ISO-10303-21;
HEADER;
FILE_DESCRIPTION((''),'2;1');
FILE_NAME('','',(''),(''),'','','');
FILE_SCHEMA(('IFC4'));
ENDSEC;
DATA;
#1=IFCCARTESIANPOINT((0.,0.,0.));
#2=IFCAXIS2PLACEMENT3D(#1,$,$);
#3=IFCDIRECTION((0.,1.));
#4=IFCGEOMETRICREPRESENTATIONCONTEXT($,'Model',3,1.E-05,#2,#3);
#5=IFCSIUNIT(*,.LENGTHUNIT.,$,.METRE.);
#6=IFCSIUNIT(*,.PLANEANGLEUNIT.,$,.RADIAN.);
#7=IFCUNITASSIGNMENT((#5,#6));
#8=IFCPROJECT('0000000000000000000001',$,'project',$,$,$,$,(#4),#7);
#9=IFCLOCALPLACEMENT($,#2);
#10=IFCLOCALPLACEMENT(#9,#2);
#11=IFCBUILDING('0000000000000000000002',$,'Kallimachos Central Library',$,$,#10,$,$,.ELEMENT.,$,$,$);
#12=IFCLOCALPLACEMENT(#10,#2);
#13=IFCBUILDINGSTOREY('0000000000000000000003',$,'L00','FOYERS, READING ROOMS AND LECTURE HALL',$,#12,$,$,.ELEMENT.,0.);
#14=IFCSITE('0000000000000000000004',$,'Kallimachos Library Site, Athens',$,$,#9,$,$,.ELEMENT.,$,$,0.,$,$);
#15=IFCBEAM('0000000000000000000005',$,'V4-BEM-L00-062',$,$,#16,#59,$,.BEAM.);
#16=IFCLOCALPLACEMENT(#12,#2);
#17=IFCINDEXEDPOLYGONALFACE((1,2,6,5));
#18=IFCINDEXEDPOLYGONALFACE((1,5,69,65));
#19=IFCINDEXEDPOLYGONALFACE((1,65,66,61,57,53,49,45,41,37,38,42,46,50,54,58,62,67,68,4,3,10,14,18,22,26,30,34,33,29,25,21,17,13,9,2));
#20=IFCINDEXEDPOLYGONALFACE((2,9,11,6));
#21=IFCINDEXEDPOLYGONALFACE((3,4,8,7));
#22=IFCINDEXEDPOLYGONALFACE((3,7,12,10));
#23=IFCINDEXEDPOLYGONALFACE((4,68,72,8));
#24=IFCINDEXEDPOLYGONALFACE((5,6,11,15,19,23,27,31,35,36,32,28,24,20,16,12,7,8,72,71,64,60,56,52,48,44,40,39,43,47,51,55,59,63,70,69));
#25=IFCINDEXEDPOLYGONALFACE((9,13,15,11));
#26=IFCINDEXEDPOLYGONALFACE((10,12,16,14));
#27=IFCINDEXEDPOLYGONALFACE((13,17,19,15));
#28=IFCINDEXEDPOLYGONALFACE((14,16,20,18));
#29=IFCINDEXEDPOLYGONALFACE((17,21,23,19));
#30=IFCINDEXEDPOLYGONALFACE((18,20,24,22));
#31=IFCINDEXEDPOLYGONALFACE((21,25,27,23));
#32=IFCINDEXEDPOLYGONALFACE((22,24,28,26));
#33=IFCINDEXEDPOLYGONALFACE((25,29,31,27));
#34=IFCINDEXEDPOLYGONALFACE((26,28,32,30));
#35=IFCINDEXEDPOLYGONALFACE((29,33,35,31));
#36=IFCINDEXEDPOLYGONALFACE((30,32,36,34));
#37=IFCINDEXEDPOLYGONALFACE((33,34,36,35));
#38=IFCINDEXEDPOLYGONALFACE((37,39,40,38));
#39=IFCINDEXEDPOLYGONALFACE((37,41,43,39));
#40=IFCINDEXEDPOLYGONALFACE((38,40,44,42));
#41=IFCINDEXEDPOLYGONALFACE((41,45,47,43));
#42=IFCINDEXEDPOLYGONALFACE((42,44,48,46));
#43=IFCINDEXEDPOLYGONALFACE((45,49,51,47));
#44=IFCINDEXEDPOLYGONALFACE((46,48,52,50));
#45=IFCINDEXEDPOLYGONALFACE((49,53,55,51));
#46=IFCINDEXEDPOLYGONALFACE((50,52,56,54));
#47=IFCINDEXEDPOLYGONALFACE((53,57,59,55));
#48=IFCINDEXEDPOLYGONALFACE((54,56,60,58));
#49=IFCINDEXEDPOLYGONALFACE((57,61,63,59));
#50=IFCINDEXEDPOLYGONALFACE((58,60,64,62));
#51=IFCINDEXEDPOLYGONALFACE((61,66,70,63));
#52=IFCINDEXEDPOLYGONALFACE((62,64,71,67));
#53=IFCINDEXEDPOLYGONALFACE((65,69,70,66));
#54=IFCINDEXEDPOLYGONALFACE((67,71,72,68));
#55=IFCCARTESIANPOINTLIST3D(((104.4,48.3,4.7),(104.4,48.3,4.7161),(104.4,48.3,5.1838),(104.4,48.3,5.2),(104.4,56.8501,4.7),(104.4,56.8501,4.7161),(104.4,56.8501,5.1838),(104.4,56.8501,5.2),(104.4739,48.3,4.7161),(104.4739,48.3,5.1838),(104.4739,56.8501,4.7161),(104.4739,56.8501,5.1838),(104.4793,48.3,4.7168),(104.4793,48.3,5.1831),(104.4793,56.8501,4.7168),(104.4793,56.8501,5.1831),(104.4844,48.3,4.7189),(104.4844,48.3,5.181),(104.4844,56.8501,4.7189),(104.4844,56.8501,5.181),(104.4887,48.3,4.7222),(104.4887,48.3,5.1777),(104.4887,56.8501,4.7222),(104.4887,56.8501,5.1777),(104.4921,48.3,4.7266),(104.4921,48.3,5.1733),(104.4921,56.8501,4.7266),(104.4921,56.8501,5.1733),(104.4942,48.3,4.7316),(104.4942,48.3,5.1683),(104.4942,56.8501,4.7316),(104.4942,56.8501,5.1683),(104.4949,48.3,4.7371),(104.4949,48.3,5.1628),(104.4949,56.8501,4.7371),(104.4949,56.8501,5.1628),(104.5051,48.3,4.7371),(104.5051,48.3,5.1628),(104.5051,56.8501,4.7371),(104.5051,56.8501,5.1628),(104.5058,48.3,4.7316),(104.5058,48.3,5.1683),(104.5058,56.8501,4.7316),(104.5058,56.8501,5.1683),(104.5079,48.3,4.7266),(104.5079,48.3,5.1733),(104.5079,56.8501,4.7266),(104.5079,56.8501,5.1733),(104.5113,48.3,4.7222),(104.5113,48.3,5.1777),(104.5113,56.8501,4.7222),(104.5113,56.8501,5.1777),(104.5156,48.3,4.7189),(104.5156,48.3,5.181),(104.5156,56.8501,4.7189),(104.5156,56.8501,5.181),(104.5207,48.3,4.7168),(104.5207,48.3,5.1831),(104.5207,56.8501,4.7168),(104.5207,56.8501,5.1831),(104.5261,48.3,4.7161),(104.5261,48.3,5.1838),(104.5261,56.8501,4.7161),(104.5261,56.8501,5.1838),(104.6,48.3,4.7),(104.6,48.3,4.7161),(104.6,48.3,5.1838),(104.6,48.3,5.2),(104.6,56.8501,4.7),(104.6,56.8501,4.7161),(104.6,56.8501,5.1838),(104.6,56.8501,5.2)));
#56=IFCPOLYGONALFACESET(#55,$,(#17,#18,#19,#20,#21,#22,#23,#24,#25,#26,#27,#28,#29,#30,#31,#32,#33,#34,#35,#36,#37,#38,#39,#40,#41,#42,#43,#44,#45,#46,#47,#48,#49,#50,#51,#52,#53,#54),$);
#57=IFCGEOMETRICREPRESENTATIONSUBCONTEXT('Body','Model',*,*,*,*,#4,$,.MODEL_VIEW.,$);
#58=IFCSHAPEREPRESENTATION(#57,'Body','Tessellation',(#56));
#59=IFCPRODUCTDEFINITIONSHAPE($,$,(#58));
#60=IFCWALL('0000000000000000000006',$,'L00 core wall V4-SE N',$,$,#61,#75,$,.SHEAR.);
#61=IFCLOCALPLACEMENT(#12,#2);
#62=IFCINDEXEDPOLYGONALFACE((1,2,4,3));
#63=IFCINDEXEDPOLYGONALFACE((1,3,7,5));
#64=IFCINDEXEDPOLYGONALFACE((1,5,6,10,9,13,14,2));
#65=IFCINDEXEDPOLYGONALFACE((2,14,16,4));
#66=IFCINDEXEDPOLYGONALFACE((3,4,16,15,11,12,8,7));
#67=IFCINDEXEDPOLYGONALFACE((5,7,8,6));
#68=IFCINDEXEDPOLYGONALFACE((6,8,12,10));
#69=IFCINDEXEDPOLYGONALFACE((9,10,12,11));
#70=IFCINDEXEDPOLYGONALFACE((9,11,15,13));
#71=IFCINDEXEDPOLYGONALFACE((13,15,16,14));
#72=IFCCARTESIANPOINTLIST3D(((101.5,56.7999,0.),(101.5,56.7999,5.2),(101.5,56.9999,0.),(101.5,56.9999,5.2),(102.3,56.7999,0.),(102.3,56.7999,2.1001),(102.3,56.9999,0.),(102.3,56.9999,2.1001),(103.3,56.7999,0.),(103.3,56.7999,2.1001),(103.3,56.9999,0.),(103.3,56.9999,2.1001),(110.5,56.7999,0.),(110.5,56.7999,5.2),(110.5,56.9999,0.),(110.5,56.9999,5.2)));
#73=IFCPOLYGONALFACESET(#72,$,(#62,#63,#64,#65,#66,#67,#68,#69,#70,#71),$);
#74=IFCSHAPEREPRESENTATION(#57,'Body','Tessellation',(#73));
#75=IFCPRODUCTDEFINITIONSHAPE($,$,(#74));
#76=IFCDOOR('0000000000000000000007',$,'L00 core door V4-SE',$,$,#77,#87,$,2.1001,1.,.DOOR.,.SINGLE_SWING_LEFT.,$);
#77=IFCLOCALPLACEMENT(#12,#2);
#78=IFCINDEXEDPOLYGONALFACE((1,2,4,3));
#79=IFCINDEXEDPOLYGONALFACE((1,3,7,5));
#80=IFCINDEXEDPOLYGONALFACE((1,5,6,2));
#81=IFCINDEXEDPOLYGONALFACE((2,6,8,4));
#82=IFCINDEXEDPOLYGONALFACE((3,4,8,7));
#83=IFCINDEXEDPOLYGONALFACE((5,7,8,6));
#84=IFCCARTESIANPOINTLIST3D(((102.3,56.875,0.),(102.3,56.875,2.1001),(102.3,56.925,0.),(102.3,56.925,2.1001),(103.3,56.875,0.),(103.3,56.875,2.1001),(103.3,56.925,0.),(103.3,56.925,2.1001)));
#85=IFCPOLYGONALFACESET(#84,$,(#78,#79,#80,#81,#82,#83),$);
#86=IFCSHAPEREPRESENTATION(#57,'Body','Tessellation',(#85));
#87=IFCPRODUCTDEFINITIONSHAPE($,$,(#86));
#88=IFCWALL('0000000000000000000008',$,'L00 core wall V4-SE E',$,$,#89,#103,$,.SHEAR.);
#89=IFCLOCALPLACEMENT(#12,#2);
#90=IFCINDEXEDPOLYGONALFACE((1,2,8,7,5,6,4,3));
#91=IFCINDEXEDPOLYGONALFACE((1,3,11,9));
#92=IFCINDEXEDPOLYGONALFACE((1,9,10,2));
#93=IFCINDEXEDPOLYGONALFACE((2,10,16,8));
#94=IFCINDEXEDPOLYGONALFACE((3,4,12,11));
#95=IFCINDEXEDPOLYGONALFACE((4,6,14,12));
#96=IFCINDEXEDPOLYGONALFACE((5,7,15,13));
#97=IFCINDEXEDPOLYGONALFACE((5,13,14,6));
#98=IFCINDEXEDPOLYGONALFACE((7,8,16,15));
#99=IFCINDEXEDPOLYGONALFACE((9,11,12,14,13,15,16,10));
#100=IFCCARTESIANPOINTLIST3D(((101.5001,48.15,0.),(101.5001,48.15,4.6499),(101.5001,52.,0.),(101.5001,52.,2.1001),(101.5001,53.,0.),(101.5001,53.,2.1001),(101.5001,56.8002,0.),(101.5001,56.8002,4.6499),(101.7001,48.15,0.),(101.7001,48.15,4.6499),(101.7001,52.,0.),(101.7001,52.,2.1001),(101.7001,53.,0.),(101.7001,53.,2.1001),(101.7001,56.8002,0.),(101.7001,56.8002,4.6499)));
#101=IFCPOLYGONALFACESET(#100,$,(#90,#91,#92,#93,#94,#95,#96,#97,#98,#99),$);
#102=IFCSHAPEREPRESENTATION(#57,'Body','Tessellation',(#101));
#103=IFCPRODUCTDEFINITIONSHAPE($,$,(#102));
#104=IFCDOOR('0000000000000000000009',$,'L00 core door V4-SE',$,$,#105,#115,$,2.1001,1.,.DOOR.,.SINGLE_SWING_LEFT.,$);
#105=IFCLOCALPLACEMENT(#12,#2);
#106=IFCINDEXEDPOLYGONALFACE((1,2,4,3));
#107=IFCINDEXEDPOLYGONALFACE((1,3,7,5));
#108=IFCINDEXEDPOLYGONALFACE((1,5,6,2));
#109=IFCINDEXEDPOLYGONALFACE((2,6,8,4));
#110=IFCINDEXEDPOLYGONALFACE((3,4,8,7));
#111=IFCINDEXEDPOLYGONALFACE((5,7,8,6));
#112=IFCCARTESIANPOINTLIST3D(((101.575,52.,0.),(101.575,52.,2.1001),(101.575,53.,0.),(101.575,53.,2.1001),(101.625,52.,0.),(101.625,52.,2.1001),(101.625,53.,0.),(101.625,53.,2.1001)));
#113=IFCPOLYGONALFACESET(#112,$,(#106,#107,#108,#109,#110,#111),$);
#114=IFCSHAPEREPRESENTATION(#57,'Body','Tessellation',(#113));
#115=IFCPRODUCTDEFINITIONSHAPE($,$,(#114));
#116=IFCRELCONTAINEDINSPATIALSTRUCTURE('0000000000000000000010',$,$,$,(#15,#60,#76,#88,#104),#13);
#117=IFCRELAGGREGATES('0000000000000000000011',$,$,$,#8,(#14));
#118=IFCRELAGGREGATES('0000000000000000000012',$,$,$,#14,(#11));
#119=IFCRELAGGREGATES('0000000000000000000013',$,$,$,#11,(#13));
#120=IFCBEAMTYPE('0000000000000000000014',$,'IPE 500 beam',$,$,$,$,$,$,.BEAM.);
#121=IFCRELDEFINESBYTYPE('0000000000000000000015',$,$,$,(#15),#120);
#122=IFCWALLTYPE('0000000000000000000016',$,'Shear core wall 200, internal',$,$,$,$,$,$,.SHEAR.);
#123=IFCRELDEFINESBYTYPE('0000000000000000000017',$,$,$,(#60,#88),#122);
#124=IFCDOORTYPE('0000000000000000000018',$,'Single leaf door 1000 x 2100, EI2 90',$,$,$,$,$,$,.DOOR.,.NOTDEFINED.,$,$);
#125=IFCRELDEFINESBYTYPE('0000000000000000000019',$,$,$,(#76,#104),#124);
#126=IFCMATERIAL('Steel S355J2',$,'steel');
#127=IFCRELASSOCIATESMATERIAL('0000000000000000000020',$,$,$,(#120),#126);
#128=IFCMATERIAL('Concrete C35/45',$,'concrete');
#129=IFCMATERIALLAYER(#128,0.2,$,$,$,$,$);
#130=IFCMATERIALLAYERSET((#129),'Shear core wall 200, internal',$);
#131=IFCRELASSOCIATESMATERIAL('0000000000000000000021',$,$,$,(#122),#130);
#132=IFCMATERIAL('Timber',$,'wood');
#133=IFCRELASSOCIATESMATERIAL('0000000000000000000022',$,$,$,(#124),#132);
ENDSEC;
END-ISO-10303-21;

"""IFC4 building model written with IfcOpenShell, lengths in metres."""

from ifc_helpers import new_model, si_unit, direction, frame, frame_2d, origin, origin_2d, place, context, subcontext, project, spatial, rectangle, i_section, extrude, material, layer, layer_set, material_profile, profile_set, type_object, element, fill, save


model = new_model("IFC4")

# Units and contexts
model_context = context("Model", 3, precision=1e-05, world=origin(), true_north=direction((0.0, 1.0)))
body_context = subcontext(model_context, "Body", "Model", "MODEL_VIEW")
ifc_project = project(units=[si_unit("LENGTHUNIT", "METRE"), si_unit("PLANEANGLEUNIT", "RADIAN")], contexts=[model_context])

# Site, building, storey
site_placement = place(None, origin())
site = spatial("IfcSite", under=ifc_project, at=site_placement, Name="Kallimachos Library Site, Athens", CompositionType="ELEMENT", RefElevation=0.0)
building_placement = place(site_placement, origin())
building = spatial("IfcBuilding", under=site, at=building_placement, Name="Kallimachos Central Library", CompositionType="ELEMENT")
storey_placement = place(building_placement, origin())
storey = spatial("IfcBuildingStorey", under=building, at=storey_placement, Name="L00", Description="FOYERS, READING ROOMS AND LECTURE HALL", CompositionType="ELEMENT", Elevation=0.0)

# Beam
ifc_material_1 = material(Name="Steel S355J2", Category="steel")
ifc_material_profile_1 = material_profile(ifc_material_1, i_section(OverallWidth=0.2, OverallDepth=0.5, WebThickness=0.0103, FlangeThickness=0.0161, FilletRadius=0.021, at=origin_2d()), Name="IPE 500")
ifc_profile_set_1 = profile_set([ifc_material_profile_1], Name="Steel S355J2")
beam_type_1 = type_object("IfcBeamType", Name="IPE 500 beam", PredefinedType="BEAM", material=ifc_profile_set_1)
for number, where, z_axis, x_axis, name in (
    (1, (104.5, 48.3, 4.95), (0.0, 1.0, 0.0), (-1.0, 0.0, 0.0), "V4-BEM-L00-062"),
):
    element("IfcBeam", number, at=place(storey_placement, frame(where, z_axis=z_axis, x_axis=x_axis)), inside=storey, type_object=beam_type_1, Name=name, PredefinedType="BEAM", context=body_context, shape_type="SweptSolid", body=[
        extrude(i_section(OverallWidth=0.2, OverallDepth=0.5, WebThickness=0.0103, FlangeThickness=0.0161, FilletRadius=0.021, at=origin_2d()), origin(), (0.0, 0.0, 1.0), 8.55),
    ])

# Walls, openings, doors
ifc_material_2 = material(Name="Concrete C35/45", Category="concrete")
ifc_layer_1 = layer(ifc_material_2, 0.2)
ifc_layer_set_1 = layer_set([ifc_layer_1], Name="Shear core wall 200, internal")
wall_type_1 = type_object("IfcWallType", Name="Shear core wall 200, internal", PredefinedType="SHEAR", material=ifc_layer_set_1)
wall_1_placement = place(storey_placement, frame((101.5, 56.8999, 0.0), z_axis=(0.0, 0.0, 1.0), x_axis=(1.0, 0.0, 0.0)))
wall_1 = element("IfcWall", 2, at=wall_1_placement, inside=storey, type_object=wall_type_1, Name="L00 core wall V4-SE N", PredefinedType="SHEAR", context=body_context, shape_type="SweptSolid", body=[
    extrude(rectangle(XDim=9.0, YDim=0.2, at=frame_2d((4.5, 0.0))), origin(), (0.0, 0.0, 1.0), 5.2),
])
opening_1_placement = place(wall_1_placement, frame((0.8, 0.0, 0.0)))
opening_1 = element("IfcOpeningElement", 3, at=opening_1_placement, cuts=wall_1, PredefinedType="OPENING", context=body_context, shape_type="SweptSolid", body=[
    extrude(rectangle(XDim=1.0, YDim=2.1001, at=frame_2d((0.5, 1.05))), frame((0.0, 0.1099, 0.0), z_axis=(0.0, -1.0, 0.0), x_axis=(1.0, 0.0, 0.0)), (0.0, 0.0, 1.0), 0.22),
])
ifc_material_3 = material(Name="Timber", Category="wood")
door_type_1 = type_object("IfcDoorType", Name="Single leaf door 1000 x 2100, EI2 90", OperationType="NOTDEFINED", PredefinedType="DOOR", material=ifc_material_3)
door_1_placement = place(opening_1_placement, frame((1.0, 0.0, 0.0), z_axis=(0.0, 0.0, 1.0), x_axis=(-1.0, 0.0, 0.0)))
door_1 = element("IfcDoor", 4, at=door_1_placement, inside=storey, type_object=door_type_1, Name="L00 core door V4-SE", OperationType="SINGLE_SWING_LEFT", OverallHeight=2.1001, OverallWidth=1.0, PredefinedType="DOOR", context=body_context, shape_type="SweptSolid", body=[
    extrude(rectangle(XDim=1.0, YDim=2.1001, at=frame_2d((0.5, 1.05))), frame((0.0, 0.0249, 0.0), z_axis=(0.0, -1.0, 0.0), x_axis=(1.0, 0.0, 0.0)), (0.0, 0.0, 1.0), 0.05),
])
fill(opening_1, door_1)
wall_2_placement = place(storey_placement, frame((101.6001, 48.1499, 0.0), z_axis=(0.0, 0.0, 1.0), x_axis=(0.0, 1.0, 0.0)))
wall_2 = element("IfcWall", 5, at=wall_2_placement, inside=storey, type_object=wall_type_1, Name="L00 core wall V4-SE E", PredefinedType="SHEAR", context=body_context, shape_type="SweptSolid", body=[
    extrude(rectangle(XDim=8.6501, YDim=0.2, at=frame_2d((4.3252, 0.0))), origin(), (0.0, 0.0, 1.0), 4.6499),
])
opening_2_placement = place(wall_2_placement, frame((3.8501, 0.0, 0.0)))
opening_2 = element("IfcOpeningElement", 6, at=opening_2_placement, cuts=wall_2, PredefinedType="OPENING", context=body_context, shape_type="SweptSolid", body=[
    extrude(rectangle(XDim=1.0, YDim=2.1001, at=frame_2d((0.5, 1.05))), frame((0.0, 0.1099, 0.0), z_axis=(0.0, -1.0, 0.0), x_axis=(1.0, 0.0, 0.0)), (0.0, 0.0, 1.0), 0.22),
])
door_2_placement = place(opening_2_placement, frame((1.0, 0.0, 0.0), z_axis=(0.0, 0.0, 1.0), x_axis=(-1.0, 0.0, 0.0)))
door_2 = element("IfcDoor", 7, at=door_2_placement, inside=storey, type_object=door_type_1, Name="L00 core door V4-SE", OperationType="SINGLE_SWING_LEFT", OverallHeight=2.1001, OverallWidth=1.0, PredefinedType="DOOR", context=body_context, shape_type="SweptSolid", body=[
    extrude(rectangle(XDim=1.0, YDim=2.1001, at=frame_2d((0.5, 1.05))), frame((0.0, 0.0249, 0.0), z_axis=(0.0, -1.0, 0.0), x_axis=(1.0, 0.0, 0.0)), (0.0, 0.0, 1.0), 0.05),
])
fill(opening_2, door_2)

save(model, "model.ifc")
